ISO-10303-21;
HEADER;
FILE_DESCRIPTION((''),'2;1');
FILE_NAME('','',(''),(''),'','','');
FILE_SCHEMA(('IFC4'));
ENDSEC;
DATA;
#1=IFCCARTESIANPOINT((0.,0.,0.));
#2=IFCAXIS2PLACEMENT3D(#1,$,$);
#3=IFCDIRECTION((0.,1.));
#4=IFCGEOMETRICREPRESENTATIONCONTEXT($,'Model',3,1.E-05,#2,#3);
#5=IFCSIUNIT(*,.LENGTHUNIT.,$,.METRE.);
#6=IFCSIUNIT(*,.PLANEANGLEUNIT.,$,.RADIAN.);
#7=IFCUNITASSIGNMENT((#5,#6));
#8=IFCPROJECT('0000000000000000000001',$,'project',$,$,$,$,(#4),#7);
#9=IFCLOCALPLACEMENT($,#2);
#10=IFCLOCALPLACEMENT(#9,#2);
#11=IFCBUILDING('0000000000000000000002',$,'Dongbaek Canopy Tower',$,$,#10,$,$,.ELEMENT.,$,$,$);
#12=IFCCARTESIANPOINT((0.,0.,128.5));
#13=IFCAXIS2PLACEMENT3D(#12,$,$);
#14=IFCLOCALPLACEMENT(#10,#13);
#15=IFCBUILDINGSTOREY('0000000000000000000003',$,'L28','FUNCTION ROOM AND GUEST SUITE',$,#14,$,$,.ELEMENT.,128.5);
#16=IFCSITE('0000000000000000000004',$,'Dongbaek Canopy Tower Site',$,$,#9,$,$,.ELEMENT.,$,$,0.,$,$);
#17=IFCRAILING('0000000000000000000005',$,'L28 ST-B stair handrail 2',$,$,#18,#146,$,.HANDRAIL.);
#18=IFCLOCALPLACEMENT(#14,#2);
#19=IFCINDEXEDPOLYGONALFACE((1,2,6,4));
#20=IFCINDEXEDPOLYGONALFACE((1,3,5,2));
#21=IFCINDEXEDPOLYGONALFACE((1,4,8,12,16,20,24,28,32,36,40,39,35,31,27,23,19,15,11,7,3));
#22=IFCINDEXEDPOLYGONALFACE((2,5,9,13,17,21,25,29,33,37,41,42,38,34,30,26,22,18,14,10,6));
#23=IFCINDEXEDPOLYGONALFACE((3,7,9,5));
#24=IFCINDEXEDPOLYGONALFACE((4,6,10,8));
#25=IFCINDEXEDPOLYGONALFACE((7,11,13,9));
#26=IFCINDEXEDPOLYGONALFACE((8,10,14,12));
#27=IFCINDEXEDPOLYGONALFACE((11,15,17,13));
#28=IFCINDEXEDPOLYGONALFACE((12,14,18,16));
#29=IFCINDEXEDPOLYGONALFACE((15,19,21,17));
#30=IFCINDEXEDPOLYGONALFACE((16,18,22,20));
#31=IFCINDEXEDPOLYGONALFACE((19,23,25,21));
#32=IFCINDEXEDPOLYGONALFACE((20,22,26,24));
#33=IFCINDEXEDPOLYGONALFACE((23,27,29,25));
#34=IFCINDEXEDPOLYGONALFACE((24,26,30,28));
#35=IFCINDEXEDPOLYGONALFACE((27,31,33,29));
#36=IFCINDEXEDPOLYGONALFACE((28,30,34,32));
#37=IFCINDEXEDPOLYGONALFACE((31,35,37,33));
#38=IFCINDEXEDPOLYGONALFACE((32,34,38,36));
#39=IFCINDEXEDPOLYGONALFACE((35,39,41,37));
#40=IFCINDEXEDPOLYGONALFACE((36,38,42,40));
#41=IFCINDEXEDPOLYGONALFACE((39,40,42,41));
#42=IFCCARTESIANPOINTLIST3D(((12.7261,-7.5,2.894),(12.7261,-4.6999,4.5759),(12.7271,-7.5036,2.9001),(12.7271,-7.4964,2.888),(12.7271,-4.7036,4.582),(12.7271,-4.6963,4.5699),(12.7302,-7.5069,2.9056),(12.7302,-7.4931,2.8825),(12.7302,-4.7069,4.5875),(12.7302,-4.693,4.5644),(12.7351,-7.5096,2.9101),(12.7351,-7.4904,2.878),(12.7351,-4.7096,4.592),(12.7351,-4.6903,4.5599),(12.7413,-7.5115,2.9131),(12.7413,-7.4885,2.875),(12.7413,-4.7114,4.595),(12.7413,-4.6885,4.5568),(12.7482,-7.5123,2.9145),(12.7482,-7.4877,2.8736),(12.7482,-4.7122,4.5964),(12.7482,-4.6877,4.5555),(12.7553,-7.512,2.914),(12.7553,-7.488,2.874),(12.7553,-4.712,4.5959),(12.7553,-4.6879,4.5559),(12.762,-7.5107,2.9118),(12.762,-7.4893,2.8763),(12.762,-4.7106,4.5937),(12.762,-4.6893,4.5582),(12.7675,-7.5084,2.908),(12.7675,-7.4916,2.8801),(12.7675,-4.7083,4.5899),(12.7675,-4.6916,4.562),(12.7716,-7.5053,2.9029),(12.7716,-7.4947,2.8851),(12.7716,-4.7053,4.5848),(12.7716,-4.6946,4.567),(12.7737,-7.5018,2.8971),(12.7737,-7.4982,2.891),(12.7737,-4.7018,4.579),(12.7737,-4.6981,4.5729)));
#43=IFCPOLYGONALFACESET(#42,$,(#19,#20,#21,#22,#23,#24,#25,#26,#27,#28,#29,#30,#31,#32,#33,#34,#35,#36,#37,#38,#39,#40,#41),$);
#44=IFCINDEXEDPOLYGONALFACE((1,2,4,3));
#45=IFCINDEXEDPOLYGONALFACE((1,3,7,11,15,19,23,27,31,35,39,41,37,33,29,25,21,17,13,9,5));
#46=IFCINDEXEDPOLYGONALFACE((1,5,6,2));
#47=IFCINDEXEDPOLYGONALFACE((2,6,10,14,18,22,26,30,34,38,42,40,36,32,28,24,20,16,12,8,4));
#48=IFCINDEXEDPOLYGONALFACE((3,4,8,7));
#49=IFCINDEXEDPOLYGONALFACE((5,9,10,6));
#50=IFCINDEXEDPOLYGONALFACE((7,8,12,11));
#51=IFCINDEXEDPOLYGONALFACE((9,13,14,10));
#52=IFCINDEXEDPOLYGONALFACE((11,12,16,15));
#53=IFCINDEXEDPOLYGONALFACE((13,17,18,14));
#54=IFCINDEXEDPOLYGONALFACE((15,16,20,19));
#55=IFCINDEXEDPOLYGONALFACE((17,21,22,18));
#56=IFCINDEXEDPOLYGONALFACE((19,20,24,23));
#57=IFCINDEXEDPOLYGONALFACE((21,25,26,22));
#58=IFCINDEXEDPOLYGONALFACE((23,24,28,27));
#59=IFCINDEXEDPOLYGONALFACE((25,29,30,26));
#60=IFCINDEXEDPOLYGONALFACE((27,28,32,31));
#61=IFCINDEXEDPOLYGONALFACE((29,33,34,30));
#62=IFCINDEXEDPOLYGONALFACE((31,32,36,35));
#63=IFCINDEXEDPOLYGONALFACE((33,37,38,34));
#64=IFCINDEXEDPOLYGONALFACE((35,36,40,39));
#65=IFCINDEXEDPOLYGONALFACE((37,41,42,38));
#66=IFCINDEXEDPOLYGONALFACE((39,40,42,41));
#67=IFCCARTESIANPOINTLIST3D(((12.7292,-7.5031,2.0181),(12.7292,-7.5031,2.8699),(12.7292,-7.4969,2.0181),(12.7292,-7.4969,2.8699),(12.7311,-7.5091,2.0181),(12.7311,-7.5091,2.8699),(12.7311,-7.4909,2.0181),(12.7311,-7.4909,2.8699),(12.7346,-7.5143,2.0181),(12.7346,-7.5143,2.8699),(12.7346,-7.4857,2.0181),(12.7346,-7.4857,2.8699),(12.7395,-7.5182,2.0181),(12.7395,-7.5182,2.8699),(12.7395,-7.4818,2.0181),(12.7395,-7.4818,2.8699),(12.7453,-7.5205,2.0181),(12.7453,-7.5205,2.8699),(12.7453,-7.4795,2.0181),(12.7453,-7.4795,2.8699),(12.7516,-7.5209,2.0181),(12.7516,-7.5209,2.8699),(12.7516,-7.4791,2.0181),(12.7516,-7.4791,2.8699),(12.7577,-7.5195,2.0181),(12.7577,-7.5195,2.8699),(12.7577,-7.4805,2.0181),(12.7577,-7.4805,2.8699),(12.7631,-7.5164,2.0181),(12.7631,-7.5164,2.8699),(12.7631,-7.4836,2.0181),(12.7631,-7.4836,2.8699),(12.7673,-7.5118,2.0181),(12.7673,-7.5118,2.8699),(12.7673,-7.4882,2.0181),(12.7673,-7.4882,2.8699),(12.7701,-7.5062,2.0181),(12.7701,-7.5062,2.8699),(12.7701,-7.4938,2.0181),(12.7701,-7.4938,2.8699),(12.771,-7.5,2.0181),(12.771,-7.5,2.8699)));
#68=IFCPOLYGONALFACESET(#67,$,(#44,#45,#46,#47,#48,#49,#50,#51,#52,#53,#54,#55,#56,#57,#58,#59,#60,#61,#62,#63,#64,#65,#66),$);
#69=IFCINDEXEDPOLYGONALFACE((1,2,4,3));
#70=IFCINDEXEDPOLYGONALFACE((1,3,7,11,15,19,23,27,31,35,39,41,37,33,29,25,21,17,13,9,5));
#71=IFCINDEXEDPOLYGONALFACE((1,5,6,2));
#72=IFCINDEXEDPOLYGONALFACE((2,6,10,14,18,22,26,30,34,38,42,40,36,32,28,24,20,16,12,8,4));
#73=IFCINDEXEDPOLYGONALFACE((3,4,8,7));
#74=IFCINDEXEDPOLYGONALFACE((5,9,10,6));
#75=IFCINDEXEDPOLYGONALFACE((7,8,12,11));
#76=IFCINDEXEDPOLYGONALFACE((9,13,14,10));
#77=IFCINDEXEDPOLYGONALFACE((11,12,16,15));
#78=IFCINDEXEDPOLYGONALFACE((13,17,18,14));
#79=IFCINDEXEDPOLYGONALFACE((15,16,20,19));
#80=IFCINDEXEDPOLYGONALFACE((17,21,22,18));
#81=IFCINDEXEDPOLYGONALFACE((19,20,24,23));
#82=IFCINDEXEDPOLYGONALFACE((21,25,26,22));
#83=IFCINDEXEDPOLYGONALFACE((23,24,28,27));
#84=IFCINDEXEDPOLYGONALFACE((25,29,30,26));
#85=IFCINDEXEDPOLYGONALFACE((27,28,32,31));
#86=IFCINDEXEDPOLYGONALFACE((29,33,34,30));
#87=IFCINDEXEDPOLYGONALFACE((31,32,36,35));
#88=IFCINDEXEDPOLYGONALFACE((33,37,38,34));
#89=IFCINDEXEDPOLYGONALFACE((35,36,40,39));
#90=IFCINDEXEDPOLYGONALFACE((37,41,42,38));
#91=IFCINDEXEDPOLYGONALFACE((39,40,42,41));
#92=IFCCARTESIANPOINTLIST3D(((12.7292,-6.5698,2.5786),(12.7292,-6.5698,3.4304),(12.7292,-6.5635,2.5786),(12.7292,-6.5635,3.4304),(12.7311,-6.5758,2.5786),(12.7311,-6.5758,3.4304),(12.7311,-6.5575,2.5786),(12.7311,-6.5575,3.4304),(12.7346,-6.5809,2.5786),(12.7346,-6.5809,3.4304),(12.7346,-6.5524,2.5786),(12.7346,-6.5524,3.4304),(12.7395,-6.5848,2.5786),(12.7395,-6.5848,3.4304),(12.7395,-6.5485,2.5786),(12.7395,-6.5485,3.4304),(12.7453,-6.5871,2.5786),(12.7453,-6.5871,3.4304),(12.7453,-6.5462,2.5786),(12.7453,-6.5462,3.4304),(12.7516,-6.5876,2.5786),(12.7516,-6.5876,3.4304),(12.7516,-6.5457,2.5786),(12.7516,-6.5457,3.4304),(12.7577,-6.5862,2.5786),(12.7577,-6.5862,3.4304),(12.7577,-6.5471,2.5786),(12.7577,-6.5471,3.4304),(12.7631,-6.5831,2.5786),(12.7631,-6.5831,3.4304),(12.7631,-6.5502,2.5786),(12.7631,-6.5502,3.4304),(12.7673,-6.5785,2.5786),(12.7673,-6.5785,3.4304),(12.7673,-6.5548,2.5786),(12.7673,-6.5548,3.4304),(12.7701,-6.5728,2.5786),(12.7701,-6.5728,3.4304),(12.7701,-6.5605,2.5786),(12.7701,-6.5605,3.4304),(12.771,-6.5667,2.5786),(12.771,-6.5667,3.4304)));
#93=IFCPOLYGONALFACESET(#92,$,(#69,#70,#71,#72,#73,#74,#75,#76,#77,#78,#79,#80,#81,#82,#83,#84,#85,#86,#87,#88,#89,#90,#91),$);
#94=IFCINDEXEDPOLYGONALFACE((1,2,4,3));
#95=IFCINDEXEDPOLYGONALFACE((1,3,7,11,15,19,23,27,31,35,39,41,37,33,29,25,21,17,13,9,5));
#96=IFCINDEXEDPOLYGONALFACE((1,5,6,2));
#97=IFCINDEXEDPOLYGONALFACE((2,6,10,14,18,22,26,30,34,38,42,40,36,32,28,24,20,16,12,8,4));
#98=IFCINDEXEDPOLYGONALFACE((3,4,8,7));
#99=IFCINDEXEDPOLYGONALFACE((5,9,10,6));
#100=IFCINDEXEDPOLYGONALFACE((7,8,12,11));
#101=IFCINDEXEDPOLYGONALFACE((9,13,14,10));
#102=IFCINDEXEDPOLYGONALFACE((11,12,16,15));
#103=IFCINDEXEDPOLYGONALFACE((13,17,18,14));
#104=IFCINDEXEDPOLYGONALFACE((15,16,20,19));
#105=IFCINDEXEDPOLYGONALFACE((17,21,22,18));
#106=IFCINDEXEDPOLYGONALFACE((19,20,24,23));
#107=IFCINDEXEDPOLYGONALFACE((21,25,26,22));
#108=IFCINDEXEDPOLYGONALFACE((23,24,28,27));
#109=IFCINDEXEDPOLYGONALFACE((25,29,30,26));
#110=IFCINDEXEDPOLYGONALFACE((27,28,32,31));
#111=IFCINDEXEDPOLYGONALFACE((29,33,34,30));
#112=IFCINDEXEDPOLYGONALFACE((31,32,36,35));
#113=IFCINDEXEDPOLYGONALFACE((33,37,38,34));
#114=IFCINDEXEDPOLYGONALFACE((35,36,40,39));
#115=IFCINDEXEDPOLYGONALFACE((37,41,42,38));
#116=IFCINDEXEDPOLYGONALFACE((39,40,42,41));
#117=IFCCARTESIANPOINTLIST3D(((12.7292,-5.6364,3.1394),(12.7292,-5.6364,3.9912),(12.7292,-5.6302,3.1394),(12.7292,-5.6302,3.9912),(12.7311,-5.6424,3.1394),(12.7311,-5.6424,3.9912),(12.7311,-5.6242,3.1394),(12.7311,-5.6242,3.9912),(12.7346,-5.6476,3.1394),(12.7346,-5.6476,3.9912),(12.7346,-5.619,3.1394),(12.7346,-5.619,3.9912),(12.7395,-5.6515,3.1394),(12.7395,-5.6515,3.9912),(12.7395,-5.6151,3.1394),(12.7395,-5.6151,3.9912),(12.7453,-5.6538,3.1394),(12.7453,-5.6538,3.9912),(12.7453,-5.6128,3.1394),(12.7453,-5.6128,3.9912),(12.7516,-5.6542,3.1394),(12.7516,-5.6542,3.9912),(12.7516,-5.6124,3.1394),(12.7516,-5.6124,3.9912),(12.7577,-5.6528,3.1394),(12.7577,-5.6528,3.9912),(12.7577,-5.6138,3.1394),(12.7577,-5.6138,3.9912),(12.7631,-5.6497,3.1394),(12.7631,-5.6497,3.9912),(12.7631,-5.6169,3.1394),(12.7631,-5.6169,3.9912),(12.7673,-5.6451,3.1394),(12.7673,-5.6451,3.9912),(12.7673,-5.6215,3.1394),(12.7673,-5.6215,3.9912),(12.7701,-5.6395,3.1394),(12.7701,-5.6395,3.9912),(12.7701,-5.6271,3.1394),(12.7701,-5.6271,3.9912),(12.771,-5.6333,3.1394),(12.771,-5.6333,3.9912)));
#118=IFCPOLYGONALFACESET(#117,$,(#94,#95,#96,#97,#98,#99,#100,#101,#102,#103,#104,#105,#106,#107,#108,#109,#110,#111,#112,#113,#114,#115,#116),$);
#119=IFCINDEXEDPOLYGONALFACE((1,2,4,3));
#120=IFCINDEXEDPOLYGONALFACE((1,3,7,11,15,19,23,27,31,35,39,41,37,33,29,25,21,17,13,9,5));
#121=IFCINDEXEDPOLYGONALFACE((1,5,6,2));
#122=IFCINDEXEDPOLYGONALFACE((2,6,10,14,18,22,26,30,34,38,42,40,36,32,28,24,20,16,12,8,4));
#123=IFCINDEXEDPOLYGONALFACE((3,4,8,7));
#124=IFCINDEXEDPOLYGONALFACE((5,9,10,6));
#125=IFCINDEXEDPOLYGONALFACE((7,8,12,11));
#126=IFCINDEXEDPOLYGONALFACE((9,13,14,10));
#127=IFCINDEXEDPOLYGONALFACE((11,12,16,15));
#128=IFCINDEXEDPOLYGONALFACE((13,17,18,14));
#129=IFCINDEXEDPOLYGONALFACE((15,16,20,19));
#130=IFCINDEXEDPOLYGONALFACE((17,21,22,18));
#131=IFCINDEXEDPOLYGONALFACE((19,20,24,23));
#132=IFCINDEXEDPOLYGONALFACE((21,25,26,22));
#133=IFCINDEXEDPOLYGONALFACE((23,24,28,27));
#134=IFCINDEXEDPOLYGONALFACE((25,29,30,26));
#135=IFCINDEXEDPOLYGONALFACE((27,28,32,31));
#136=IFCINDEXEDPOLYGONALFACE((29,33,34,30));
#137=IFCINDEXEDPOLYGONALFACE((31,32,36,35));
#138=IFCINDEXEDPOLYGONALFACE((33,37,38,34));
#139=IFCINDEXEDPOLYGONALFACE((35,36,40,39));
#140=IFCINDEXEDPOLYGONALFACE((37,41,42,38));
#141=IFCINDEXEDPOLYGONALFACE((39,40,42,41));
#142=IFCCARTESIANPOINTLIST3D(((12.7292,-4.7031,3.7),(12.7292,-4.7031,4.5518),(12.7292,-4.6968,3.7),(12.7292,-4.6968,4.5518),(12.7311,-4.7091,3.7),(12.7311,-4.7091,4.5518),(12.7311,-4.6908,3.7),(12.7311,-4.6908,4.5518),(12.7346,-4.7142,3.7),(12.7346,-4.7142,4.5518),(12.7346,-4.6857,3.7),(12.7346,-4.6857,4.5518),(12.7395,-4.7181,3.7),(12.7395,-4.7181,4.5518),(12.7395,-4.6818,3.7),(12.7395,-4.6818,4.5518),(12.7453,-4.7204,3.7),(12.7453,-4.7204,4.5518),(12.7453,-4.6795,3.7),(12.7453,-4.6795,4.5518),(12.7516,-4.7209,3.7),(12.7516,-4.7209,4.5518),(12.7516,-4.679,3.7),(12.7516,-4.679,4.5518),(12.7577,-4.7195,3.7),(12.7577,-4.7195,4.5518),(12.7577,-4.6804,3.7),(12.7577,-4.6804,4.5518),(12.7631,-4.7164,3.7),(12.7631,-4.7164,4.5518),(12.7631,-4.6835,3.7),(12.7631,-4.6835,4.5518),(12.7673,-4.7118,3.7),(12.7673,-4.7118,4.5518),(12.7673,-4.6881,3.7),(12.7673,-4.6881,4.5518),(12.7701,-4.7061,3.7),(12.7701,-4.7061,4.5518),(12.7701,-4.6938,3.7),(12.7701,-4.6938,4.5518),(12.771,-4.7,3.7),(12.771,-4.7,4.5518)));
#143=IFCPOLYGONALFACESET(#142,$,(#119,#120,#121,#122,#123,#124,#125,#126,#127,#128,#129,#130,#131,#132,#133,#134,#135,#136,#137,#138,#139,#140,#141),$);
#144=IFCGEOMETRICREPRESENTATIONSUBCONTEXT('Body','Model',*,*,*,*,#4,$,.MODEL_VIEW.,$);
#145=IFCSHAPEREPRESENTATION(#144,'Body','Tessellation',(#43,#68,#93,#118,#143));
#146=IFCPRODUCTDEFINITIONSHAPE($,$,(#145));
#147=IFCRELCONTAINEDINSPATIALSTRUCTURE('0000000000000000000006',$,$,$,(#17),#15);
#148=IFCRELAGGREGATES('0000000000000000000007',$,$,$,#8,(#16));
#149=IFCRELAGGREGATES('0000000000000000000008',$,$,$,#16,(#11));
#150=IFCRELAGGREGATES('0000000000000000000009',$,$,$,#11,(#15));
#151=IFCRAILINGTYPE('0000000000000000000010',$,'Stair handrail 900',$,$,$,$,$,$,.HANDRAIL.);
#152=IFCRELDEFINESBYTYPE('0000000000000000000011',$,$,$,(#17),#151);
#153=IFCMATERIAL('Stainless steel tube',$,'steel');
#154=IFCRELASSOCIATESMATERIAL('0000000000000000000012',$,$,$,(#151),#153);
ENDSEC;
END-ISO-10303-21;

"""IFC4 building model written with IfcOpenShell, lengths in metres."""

from ifc_helpers import new_model, si_unit, direction, frame, origin, origin_2d, place, context, subcontext, project, spatial, circle, extrude, material, type_object, element, save


model = new_model("IFC4")

# Units and contexts
model_context = context("Model", 3, precision=1e-05, world=origin(), true_north=direction((0.0, 1.0)))
body_context = subcontext(model_context, "Body", "Model", "MODEL_VIEW")
ifc_project = project(units=[si_unit("LENGTHUNIT", "METRE"), si_unit("PLANEANGLEUNIT", "RADIAN")], contexts=[model_context])

# Site, building, storey
site_placement = place(None, origin())
site = spatial("IfcSite", under=ifc_project, at=site_placement, Name="Dongbaek Canopy Tower Site", CompositionType="ELEMENT", RefElevation=0.0)
building_placement = place(site_placement, origin())
building = spatial("IfcBuilding", under=site, at=building_placement, Name="Dongbaek Canopy Tower", CompositionType="ELEMENT")
storey_placement = place(building_placement, frame((0.0, 0.0, 128.5)))
storey = spatial("IfcBuildingStorey", under=building, at=storey_placement, Name="L28", Description="FUNCTION ROOM AND GUEST SUITE", CompositionType="ELEMENT", Elevation=128.5)

# Railing
ifc_material_1 = material(Name="Stainless steel tube", Category="steel")
railing_type_1 = type_object("IfcRailingType", Name="Stair handrail 900", PredefinedType="HANDRAIL", material=ifc_material_1)
railing_1_placement = place(storey_placement, frame((12.75, -7.5, 2.0181)))
element("IfcRailing", 1, at=railing_1_placement, inside=storey, type_object=railing_type_1, Name="L28 ST-B stair handrail 2", PredefinedType="HANDRAIL", context=body_context, shape_type="SweptSolid", body=[
    extrude(circle(Radius=0.0239, at=origin_2d()), frame((0.0, 0.0, 0.876), z_axis=(0.0, 0.857242, 0.514913), x_axis=(-1.0, 0.0, 0.0)), (0.0, 0.0, 1.0), 3.2664),
    extrude(circle(Radius=0.021, at=origin_2d()), origin(), (0.0, 0.0, 1.0), 0.8518),
    extrude(circle(Radius=0.021, at=origin_2d()), frame((0.0, 0.9333, 0.5605)), (0.0, 0.0, 1.0), 0.8518),
    extrude(circle(Radius=0.021, at=origin_2d()), frame((0.0, 1.8667, 1.1213)), (0.0, 0.0, 1.0), 0.8518),
    extrude(circle(Radius=0.021, at=origin_2d()), frame((0.0, 2.8, 1.6819)), (0.0, 0.0, 1.0), 0.8518),
])

save(model, "model.ifc")
